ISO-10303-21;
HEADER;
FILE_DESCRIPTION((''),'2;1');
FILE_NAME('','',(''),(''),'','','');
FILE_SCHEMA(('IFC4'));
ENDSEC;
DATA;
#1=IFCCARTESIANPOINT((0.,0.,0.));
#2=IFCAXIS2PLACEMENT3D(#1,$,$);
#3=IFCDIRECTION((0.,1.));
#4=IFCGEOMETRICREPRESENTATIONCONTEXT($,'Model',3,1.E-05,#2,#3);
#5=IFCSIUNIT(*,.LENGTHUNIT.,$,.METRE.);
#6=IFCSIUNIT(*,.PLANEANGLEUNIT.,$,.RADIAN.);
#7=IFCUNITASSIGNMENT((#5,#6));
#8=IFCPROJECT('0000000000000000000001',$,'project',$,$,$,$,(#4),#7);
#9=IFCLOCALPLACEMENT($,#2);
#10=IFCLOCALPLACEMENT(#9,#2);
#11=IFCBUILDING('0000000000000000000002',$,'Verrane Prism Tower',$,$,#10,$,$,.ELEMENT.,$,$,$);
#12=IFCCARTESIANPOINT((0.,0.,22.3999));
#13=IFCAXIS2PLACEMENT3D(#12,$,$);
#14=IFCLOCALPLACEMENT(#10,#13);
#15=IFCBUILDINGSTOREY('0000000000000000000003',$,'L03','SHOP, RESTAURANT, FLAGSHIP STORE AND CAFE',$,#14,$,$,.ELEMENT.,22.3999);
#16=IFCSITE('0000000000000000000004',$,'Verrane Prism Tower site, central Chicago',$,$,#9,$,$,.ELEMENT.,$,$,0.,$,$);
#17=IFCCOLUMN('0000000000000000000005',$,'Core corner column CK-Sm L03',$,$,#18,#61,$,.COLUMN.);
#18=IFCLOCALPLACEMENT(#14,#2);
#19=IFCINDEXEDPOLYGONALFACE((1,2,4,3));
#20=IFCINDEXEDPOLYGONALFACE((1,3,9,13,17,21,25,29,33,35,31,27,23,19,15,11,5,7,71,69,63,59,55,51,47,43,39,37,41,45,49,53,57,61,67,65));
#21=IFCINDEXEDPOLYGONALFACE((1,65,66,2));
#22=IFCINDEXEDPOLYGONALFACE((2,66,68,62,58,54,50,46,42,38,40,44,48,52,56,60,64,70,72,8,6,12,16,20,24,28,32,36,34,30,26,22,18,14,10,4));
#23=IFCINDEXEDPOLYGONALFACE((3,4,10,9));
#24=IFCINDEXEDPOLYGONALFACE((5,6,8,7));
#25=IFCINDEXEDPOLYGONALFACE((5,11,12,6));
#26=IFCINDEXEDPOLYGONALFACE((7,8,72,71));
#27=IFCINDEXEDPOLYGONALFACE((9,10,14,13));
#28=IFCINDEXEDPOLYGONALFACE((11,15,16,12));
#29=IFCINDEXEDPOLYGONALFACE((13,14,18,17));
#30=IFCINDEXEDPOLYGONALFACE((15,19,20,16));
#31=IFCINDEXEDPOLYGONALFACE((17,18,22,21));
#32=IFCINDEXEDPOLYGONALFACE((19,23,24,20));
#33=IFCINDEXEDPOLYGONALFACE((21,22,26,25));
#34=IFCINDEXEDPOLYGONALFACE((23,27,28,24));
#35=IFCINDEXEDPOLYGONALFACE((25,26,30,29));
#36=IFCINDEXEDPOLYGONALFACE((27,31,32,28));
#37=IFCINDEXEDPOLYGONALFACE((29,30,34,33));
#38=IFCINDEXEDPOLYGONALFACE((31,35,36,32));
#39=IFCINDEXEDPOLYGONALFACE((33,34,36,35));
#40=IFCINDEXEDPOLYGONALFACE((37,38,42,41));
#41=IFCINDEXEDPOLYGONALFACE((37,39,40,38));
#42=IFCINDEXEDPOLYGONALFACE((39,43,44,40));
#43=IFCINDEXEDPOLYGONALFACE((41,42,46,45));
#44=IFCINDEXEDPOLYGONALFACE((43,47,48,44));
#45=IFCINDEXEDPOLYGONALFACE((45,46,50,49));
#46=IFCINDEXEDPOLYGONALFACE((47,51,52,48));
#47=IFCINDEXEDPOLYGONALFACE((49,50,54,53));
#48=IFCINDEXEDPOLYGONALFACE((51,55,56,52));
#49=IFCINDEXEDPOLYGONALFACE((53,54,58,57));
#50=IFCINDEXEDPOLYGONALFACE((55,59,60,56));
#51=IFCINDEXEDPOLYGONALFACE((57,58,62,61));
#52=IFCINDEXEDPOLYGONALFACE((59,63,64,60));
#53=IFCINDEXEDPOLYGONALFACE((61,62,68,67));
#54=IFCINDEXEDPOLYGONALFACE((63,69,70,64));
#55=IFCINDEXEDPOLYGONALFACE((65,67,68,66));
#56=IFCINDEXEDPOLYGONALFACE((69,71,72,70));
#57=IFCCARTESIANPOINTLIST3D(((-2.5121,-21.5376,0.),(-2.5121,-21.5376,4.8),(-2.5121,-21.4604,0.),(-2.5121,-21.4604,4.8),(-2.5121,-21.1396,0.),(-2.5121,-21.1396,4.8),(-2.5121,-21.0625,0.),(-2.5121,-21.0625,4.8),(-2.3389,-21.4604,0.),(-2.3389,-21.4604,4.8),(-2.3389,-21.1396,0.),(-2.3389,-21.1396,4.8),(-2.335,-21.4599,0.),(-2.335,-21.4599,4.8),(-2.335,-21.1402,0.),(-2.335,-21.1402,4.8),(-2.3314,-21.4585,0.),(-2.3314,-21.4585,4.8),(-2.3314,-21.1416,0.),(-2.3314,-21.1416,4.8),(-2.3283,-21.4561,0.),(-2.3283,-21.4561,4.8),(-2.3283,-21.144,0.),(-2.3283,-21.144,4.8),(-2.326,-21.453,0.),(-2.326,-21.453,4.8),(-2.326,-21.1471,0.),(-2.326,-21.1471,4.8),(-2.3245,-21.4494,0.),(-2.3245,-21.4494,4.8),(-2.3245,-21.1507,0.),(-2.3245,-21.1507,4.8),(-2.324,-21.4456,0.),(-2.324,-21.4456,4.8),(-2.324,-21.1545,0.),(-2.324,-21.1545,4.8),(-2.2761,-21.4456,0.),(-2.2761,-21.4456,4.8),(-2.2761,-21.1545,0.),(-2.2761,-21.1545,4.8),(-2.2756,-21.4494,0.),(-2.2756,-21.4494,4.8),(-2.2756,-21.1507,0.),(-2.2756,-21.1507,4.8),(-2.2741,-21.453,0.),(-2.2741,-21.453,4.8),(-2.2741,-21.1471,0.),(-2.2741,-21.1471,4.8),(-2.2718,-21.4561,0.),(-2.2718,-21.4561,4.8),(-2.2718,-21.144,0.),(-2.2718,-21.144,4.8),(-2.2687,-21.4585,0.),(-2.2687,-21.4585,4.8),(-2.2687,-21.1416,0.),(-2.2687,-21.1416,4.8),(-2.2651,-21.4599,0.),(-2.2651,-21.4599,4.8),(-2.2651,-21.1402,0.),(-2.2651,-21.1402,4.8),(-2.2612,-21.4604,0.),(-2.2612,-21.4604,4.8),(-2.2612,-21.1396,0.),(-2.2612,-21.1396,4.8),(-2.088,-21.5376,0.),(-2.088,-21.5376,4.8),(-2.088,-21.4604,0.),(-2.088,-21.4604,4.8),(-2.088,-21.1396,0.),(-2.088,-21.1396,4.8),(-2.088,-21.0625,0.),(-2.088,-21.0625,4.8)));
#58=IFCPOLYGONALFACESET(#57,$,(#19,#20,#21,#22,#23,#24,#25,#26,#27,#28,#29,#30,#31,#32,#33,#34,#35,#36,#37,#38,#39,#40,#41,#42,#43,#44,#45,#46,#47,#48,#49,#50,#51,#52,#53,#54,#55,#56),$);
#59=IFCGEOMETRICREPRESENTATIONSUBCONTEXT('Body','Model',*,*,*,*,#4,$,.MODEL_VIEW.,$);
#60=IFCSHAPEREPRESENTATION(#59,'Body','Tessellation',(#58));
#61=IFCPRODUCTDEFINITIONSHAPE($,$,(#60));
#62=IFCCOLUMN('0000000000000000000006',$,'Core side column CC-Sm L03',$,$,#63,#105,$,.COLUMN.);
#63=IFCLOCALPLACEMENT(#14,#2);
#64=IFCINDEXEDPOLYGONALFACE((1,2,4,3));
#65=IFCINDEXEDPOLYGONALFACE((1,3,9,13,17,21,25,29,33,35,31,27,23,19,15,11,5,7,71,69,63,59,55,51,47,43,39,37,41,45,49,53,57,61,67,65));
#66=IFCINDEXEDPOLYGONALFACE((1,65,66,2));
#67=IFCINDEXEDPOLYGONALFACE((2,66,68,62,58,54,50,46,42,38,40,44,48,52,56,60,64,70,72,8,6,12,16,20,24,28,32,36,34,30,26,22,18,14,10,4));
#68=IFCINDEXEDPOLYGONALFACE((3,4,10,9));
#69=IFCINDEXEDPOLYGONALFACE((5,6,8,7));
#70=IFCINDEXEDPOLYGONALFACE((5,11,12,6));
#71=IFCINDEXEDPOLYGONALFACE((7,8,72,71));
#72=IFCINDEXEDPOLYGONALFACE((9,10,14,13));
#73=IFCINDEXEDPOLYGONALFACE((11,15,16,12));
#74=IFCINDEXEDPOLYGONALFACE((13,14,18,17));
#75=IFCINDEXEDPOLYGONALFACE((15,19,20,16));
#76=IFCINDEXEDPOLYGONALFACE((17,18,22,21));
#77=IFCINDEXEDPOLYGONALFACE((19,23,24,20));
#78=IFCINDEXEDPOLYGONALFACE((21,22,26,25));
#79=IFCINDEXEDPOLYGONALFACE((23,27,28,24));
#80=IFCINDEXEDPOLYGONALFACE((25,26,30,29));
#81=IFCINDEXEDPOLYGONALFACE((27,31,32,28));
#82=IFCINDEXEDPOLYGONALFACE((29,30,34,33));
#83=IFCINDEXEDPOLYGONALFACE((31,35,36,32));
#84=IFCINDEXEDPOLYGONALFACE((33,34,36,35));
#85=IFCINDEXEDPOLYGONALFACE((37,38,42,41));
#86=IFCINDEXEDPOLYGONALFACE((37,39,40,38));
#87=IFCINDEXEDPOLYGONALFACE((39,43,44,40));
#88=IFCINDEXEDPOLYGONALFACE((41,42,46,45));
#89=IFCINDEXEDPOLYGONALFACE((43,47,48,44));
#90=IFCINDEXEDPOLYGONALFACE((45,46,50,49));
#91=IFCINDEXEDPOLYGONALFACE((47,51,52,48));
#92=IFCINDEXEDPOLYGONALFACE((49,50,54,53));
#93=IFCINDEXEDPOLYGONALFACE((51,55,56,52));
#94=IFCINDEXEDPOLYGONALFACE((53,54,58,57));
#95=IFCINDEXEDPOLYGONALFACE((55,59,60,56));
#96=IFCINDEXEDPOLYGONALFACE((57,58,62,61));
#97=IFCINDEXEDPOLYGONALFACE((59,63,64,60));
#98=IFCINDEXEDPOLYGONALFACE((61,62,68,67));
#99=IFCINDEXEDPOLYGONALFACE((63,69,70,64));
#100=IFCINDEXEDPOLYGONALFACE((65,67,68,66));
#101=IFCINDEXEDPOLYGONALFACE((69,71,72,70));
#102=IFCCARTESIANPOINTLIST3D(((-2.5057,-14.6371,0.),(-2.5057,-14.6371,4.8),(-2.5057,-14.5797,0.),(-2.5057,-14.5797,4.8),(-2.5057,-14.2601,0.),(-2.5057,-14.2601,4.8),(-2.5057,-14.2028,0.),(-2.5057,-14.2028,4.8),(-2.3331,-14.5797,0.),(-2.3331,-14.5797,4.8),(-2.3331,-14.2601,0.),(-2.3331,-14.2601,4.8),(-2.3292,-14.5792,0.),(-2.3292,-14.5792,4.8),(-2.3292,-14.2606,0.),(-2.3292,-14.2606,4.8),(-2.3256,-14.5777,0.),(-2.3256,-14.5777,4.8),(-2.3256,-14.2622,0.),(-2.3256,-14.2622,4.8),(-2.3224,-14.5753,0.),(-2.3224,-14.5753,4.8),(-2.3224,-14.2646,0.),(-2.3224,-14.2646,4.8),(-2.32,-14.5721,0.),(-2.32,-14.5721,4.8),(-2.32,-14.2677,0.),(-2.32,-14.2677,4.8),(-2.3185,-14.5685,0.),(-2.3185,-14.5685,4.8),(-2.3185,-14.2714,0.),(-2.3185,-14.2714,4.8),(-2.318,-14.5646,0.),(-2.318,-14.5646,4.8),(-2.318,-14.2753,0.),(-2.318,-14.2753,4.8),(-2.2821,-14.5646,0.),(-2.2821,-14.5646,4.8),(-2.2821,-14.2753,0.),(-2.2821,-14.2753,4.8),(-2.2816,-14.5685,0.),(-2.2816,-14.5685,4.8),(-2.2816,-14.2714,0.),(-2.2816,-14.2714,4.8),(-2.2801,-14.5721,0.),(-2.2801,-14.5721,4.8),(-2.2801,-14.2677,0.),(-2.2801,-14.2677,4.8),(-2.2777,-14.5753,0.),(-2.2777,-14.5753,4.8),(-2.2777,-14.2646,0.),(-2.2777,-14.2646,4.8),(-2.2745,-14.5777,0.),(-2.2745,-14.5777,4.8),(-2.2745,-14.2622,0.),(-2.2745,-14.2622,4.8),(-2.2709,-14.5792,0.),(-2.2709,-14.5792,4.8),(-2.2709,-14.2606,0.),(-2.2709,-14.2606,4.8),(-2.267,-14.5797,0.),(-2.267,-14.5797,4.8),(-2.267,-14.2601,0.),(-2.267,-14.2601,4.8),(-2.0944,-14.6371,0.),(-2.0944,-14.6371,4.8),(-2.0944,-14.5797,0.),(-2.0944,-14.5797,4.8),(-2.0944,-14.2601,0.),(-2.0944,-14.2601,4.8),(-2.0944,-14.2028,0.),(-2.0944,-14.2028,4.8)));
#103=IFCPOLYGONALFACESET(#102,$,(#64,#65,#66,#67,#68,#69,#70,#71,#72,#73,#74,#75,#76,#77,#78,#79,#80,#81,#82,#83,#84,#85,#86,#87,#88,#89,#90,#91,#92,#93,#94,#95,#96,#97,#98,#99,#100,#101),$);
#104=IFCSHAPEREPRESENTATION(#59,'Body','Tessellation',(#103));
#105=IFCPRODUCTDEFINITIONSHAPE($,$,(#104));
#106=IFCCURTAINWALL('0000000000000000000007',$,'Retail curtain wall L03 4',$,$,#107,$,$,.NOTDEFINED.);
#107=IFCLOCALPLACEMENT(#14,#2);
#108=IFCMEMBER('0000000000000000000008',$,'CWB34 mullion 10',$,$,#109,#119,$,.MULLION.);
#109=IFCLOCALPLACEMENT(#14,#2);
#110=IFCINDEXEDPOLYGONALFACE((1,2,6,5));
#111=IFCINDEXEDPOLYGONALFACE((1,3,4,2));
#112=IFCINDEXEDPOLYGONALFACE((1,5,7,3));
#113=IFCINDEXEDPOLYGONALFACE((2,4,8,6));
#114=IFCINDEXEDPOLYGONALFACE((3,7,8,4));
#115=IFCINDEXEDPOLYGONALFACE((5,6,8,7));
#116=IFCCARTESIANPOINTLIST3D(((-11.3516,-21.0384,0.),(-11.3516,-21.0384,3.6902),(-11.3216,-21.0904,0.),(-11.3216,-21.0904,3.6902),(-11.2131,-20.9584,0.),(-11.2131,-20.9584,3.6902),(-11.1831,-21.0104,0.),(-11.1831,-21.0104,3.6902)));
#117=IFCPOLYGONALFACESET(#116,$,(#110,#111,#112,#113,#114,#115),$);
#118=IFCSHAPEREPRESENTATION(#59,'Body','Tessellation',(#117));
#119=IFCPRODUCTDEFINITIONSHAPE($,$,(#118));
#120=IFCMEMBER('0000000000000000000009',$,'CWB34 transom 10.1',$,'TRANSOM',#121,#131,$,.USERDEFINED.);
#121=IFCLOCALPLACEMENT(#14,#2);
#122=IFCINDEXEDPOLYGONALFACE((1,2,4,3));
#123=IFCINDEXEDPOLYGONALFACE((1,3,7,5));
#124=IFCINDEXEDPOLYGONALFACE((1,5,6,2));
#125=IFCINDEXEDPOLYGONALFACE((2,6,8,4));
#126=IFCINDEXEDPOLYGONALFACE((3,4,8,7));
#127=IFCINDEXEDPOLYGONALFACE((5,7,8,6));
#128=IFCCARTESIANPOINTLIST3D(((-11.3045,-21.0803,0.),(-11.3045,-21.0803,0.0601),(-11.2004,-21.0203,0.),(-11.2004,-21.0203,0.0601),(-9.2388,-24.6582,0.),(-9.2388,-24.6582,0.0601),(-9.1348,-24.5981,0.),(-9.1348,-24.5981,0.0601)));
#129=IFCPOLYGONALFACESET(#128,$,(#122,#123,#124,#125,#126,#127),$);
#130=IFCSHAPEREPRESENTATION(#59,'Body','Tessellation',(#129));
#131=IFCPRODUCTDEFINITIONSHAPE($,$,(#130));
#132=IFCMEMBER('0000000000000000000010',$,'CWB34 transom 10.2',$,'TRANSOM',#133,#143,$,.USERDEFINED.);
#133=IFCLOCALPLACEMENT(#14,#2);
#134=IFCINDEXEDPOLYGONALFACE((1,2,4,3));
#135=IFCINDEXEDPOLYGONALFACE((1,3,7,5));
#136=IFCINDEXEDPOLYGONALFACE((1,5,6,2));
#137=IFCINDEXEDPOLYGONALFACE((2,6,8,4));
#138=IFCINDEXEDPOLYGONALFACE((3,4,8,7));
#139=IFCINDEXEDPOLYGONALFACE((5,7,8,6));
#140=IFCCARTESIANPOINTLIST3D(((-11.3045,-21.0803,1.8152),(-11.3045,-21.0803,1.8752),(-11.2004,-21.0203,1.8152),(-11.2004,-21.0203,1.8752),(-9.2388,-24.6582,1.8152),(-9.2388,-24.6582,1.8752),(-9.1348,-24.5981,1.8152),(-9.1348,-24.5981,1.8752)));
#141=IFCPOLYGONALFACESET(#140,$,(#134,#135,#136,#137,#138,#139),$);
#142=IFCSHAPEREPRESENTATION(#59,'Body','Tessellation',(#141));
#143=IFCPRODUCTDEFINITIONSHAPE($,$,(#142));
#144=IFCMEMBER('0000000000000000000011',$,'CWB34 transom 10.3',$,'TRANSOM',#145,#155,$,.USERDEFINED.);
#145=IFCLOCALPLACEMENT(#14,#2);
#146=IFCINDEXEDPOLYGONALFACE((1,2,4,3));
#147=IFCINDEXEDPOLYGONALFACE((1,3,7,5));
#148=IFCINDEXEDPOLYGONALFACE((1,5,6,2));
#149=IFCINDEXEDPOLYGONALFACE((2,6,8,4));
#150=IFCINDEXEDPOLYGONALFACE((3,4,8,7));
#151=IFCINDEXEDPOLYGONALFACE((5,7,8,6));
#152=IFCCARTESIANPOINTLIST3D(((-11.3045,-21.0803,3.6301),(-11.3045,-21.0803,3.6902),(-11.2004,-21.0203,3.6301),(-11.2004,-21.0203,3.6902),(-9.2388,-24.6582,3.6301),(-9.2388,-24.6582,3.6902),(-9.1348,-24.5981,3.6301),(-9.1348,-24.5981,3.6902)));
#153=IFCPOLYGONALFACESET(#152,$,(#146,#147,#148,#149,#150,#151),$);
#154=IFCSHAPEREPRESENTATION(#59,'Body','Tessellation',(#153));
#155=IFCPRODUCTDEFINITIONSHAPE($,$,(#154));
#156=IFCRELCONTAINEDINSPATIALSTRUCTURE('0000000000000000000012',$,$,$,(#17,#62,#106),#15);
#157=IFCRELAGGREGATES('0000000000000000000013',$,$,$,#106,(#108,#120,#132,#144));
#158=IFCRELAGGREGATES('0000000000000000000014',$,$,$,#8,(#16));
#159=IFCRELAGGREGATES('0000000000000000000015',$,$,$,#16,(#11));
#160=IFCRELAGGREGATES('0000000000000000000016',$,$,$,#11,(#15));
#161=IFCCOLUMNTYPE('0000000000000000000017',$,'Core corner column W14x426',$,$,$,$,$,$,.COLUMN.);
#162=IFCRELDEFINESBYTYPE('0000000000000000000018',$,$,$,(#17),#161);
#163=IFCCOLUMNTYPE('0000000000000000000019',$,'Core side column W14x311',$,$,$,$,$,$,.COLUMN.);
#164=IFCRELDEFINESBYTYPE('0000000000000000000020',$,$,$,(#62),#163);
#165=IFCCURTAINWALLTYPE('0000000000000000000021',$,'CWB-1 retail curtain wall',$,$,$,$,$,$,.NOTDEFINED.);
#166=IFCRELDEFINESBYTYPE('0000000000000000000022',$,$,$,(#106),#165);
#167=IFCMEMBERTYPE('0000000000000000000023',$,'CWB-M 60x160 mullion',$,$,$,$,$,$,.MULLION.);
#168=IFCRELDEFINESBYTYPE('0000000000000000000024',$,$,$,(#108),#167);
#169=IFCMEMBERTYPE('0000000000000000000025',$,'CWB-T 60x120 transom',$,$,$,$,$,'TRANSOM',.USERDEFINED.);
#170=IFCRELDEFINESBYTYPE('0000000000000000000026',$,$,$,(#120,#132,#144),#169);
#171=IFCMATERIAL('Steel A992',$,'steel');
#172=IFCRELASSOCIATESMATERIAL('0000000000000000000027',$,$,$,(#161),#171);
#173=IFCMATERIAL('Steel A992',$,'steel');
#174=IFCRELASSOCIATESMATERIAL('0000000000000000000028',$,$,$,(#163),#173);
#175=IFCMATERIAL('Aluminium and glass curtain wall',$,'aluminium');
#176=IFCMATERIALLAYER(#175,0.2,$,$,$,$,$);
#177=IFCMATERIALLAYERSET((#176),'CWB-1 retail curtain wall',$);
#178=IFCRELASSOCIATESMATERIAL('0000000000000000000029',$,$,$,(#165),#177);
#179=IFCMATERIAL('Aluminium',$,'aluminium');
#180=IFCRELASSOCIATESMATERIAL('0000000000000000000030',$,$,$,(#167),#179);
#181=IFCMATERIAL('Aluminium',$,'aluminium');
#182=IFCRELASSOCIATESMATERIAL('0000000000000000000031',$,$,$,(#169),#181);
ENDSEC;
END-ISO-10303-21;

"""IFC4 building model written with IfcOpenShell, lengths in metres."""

from ifc_helpers import new_model, si_unit, direction, frame, origin, origin_2d, place, context, subcontext, project, spatial, rectangle, i_section, extrude, material, layer, layer_set, material_profile, profile_set, type_object, element, aggregate, save


model = new_model("IFC4")

# Units and contexts
model_context = context("Model", 3, precision=1e-05, world=origin(), true_north=direction((0.0, 1.0)))
body_context = subcontext(model_context, "Body", "Model", "MODEL_VIEW")
ifc_project = project(units=[si_unit("LENGTHUNIT", "METRE"), si_unit("PLANEANGLEUNIT", "RADIAN")], contexts=[model_context])

# Site, building, storey
site_placement = place(None, origin())
site = spatial("IfcSite", under=ifc_project, at=site_placement, Name="Verrane Prism Tower site, central Chicago", CompositionType="ELEMENT", RefElevation=0.0)
building_placement = place(site_placement, origin())
building = spatial("IfcBuilding", under=site, at=building_placement, Name="Verrane Prism Tower", CompositionType="ELEMENT")
storey_placement = place(building_placement, frame((0.0, 0.0, 22.3999)))
storey = spatial("IfcBuildingStorey", under=building, at=storey_placement, Name="L03", Description="SHOP, RESTAURANT, FLAGSHIP STORE AND CAFE", CompositionType="ELEMENT", Elevation=22.3999)

# Columns
ifc_material_1 = material(Name="Steel A992", Category="steel")
ifc_material_profile_1 = material_profile(ifc_material_1, i_section(OverallWidth=0.4241, OverallDepth=0.4751, WebThickness=0.0479, FlangeThickness=0.0771, FilletRadius=0.0149, at=origin_2d()), Name="W14x426")
ifc_profile_set_1 = profile_set([ifc_material_profile_1], Name="Steel A992")
column_type_1 = type_object("IfcColumnType", Name="Core corner column W14x426", PredefinedType="COLUMN", material=ifc_profile_set_1)
column_1_placement = place(storey_placement, frame((-2.3, -21.3, 0.0), z_axis=(0.0, 0.0, 1.0), x_axis=(-1.0, 0.0, 0.0)))
element("IfcColumn", 1, at=column_1_placement, inside=storey, type_object=column_type_1, Name="Core corner column CK-Sm L03", PredefinedType="COLUMN", context=body_context, shape_type="SweptSolid", body=[
    extrude(i_section(OverallWidth=0.4241, OverallDepth=0.4751, WebThickness=0.0479, FlangeThickness=0.0771, FilletRadius=0.0149, at=origin_2d()), origin(), (0.0, 0.0, 1.0), 4.8),
])
ifc_material_2 = material(Name="Steel A992", Category="steel")
ifc_material_profile_2 = material_profile(ifc_material_2, i_section(OverallWidth=0.4114, OverallDepth=0.4343, WebThickness=0.0359, FlangeThickness=0.0574, FilletRadius=0.0151, at=origin_2d()), Name="W14x311")
ifc_profile_set_2 = profile_set([ifc_material_profile_2], Name="Steel A992")
column_type_2 = type_object("IfcColumnType", Name="Core side column W14x311", PredefinedType="COLUMN", material=ifc_profile_set_2)
column_2_placement = place(storey_placement, frame((-2.3, -14.4199, 0.0), z_axis=(0.0, 0.0, 1.0), x_axis=(1.0, 0.0, 0.0)))
element("IfcColumn", 2, at=column_2_placement, inside=storey, type_object=column_type_2, Name="Core side column CC-Sm L03", PredefinedType="COLUMN", context=body_context, shape_type="SweptSolid", body=[
    extrude(i_section(OverallWidth=0.4114, OverallDepth=0.4343, WebThickness=0.0359, FlangeThickness=0.0574, FilletRadius=0.0151, at=origin_2d()), origin(), (0.0, 0.0, 1.0), 4.8),
])

# Curtain wall, members
ifc_material_3 = material(Name="Aluminium and glass curtain wall", Category="aluminium")
ifc_layer_1 = layer(ifc_material_3, 0.2)
ifc_layer_set_1 = layer_set([ifc_layer_1], Name="CWB-1 retail curtain wall")
curtain_wall_type = type_object("IfcCurtainWallType", Name="CWB-1 retail curtain wall", PredefinedType="NOTDEFINED", material=ifc_layer_set_1)
curtain_wall_placement = place(storey_placement, origin())
curtain_wall = element("IfcCurtainWall", 3, at=curtain_wall_placement, inside=storey, type_object=curtain_wall_type, Name="Retail curtain wall L03 4", PredefinedType="NOTDEFINED")
ifc_material_4 = material(Name="Aluminium", Category="aluminium")
ifc_material_profile_3 = material_profile(ifc_material_4, rectangle(XDim=0.1599, YDim=0.0601, at=origin_2d()), Name="CWB-M 60x160 mullion")
ifc_profile_set_3 = profile_set([ifc_material_profile_3], Name="Aluminium")
member_type_1 = type_object("IfcMemberType", Name="CWB-M 60x160 mullion", PredefinedType="MULLION", material=ifc_profile_set_3)
member_1_placement = place(storey_placement, frame((-11.2673, -21.0244, 0.0), z_axis=(0.0, 0.0, 1.0), x_axis=(0.866025, 0.5, 0.0)))
member_1 = element("IfcMember", 4, at=member_1_placement, type_object=member_type_1, Name="CWB34 mullion 10", PredefinedType="MULLION", context=body_context, shape_type="SweptSolid", body=[
    extrude(rectangle(XDim=0.1599, YDim=0.0601, at=origin_2d()), origin(), (0.0, 0.0, 1.0), 3.6902),
])
ifc_material_5 = material(Name="Aluminium", Category="aluminium")
ifc_material_profile_4 = material_profile(ifc_material_5, rectangle(XDim=0.1201, YDim=0.0601, at=origin_2d()), Name="CWB-T 60x120 transom")
ifc_profile_set_4 = profile_set([ifc_material_profile_4], Name="Aluminium")
member_type_2 = type_object("IfcMemberType", Name="CWB-T 60x120 transom", ElementType="TRANSOM", PredefinedType="USERDEFINED", material=ifc_profile_set_4)
member_2_placement = place(storey_placement, frame((-11.2524, -21.0503, 0.03), z_axis=(0.499997, -0.866027, 0.0), x_axis=(0.866027, 0.499997, 0.0)))
member_2 = element("IfcMember", 5, at=member_2_placement, type_object=member_type_2, Name="CWB34 transom 10.1", ObjectType="TRANSOM", PredefinedType="USERDEFINED", context=body_context, shape_type="SweptSolid", body=[
    extrude(rectangle(XDim=0.1201, YDim=0.0601, at=origin_2d()), origin(), (0.0, 0.0, 1.0), 4.1313),
])
member_3_placement = place(storey_placement, frame((-11.2524, -21.0503, 1.8452), z_axis=(0.499997, -0.866027, 0.0), x_axis=(0.866027, 0.499997, 0.0)))
member_3 = element("IfcMember", 6, at=member_3_placement, type_object=member_type_2, Name="CWB34 transom 10.2", ObjectType="TRANSOM", PredefinedType="USERDEFINED", context=body_context, shape_type="SweptSolid", body=[
    extrude(rectangle(XDim=0.1201, YDim=0.0601, at=origin_2d()), origin(), (0.0, 0.0, 1.0), 4.1313),
])
member_4_placement = place(storey_placement, frame((-11.2524, -21.0503, 3.6602), z_axis=(0.499997, -0.866027, 0.0), x_axis=(0.866027, 0.499997, 0.0)))
member_4 = element("IfcMember", 7, at=member_4_placement, type_object=member_type_2, Name="CWB34 transom 10.3", ObjectType="TRANSOM", PredefinedType="USERDEFINED", context=body_context, shape_type="SweptSolid", body=[
    extrude(rectangle(XDim=0.1201, YDim=0.0601, at=origin_2d()), origin(), (0.0, 0.0, 1.0), 4.1313),
])
aggregate(curtain_wall, [member_1, member_2, member_3, member_4])

save(model, "model.ifc")
